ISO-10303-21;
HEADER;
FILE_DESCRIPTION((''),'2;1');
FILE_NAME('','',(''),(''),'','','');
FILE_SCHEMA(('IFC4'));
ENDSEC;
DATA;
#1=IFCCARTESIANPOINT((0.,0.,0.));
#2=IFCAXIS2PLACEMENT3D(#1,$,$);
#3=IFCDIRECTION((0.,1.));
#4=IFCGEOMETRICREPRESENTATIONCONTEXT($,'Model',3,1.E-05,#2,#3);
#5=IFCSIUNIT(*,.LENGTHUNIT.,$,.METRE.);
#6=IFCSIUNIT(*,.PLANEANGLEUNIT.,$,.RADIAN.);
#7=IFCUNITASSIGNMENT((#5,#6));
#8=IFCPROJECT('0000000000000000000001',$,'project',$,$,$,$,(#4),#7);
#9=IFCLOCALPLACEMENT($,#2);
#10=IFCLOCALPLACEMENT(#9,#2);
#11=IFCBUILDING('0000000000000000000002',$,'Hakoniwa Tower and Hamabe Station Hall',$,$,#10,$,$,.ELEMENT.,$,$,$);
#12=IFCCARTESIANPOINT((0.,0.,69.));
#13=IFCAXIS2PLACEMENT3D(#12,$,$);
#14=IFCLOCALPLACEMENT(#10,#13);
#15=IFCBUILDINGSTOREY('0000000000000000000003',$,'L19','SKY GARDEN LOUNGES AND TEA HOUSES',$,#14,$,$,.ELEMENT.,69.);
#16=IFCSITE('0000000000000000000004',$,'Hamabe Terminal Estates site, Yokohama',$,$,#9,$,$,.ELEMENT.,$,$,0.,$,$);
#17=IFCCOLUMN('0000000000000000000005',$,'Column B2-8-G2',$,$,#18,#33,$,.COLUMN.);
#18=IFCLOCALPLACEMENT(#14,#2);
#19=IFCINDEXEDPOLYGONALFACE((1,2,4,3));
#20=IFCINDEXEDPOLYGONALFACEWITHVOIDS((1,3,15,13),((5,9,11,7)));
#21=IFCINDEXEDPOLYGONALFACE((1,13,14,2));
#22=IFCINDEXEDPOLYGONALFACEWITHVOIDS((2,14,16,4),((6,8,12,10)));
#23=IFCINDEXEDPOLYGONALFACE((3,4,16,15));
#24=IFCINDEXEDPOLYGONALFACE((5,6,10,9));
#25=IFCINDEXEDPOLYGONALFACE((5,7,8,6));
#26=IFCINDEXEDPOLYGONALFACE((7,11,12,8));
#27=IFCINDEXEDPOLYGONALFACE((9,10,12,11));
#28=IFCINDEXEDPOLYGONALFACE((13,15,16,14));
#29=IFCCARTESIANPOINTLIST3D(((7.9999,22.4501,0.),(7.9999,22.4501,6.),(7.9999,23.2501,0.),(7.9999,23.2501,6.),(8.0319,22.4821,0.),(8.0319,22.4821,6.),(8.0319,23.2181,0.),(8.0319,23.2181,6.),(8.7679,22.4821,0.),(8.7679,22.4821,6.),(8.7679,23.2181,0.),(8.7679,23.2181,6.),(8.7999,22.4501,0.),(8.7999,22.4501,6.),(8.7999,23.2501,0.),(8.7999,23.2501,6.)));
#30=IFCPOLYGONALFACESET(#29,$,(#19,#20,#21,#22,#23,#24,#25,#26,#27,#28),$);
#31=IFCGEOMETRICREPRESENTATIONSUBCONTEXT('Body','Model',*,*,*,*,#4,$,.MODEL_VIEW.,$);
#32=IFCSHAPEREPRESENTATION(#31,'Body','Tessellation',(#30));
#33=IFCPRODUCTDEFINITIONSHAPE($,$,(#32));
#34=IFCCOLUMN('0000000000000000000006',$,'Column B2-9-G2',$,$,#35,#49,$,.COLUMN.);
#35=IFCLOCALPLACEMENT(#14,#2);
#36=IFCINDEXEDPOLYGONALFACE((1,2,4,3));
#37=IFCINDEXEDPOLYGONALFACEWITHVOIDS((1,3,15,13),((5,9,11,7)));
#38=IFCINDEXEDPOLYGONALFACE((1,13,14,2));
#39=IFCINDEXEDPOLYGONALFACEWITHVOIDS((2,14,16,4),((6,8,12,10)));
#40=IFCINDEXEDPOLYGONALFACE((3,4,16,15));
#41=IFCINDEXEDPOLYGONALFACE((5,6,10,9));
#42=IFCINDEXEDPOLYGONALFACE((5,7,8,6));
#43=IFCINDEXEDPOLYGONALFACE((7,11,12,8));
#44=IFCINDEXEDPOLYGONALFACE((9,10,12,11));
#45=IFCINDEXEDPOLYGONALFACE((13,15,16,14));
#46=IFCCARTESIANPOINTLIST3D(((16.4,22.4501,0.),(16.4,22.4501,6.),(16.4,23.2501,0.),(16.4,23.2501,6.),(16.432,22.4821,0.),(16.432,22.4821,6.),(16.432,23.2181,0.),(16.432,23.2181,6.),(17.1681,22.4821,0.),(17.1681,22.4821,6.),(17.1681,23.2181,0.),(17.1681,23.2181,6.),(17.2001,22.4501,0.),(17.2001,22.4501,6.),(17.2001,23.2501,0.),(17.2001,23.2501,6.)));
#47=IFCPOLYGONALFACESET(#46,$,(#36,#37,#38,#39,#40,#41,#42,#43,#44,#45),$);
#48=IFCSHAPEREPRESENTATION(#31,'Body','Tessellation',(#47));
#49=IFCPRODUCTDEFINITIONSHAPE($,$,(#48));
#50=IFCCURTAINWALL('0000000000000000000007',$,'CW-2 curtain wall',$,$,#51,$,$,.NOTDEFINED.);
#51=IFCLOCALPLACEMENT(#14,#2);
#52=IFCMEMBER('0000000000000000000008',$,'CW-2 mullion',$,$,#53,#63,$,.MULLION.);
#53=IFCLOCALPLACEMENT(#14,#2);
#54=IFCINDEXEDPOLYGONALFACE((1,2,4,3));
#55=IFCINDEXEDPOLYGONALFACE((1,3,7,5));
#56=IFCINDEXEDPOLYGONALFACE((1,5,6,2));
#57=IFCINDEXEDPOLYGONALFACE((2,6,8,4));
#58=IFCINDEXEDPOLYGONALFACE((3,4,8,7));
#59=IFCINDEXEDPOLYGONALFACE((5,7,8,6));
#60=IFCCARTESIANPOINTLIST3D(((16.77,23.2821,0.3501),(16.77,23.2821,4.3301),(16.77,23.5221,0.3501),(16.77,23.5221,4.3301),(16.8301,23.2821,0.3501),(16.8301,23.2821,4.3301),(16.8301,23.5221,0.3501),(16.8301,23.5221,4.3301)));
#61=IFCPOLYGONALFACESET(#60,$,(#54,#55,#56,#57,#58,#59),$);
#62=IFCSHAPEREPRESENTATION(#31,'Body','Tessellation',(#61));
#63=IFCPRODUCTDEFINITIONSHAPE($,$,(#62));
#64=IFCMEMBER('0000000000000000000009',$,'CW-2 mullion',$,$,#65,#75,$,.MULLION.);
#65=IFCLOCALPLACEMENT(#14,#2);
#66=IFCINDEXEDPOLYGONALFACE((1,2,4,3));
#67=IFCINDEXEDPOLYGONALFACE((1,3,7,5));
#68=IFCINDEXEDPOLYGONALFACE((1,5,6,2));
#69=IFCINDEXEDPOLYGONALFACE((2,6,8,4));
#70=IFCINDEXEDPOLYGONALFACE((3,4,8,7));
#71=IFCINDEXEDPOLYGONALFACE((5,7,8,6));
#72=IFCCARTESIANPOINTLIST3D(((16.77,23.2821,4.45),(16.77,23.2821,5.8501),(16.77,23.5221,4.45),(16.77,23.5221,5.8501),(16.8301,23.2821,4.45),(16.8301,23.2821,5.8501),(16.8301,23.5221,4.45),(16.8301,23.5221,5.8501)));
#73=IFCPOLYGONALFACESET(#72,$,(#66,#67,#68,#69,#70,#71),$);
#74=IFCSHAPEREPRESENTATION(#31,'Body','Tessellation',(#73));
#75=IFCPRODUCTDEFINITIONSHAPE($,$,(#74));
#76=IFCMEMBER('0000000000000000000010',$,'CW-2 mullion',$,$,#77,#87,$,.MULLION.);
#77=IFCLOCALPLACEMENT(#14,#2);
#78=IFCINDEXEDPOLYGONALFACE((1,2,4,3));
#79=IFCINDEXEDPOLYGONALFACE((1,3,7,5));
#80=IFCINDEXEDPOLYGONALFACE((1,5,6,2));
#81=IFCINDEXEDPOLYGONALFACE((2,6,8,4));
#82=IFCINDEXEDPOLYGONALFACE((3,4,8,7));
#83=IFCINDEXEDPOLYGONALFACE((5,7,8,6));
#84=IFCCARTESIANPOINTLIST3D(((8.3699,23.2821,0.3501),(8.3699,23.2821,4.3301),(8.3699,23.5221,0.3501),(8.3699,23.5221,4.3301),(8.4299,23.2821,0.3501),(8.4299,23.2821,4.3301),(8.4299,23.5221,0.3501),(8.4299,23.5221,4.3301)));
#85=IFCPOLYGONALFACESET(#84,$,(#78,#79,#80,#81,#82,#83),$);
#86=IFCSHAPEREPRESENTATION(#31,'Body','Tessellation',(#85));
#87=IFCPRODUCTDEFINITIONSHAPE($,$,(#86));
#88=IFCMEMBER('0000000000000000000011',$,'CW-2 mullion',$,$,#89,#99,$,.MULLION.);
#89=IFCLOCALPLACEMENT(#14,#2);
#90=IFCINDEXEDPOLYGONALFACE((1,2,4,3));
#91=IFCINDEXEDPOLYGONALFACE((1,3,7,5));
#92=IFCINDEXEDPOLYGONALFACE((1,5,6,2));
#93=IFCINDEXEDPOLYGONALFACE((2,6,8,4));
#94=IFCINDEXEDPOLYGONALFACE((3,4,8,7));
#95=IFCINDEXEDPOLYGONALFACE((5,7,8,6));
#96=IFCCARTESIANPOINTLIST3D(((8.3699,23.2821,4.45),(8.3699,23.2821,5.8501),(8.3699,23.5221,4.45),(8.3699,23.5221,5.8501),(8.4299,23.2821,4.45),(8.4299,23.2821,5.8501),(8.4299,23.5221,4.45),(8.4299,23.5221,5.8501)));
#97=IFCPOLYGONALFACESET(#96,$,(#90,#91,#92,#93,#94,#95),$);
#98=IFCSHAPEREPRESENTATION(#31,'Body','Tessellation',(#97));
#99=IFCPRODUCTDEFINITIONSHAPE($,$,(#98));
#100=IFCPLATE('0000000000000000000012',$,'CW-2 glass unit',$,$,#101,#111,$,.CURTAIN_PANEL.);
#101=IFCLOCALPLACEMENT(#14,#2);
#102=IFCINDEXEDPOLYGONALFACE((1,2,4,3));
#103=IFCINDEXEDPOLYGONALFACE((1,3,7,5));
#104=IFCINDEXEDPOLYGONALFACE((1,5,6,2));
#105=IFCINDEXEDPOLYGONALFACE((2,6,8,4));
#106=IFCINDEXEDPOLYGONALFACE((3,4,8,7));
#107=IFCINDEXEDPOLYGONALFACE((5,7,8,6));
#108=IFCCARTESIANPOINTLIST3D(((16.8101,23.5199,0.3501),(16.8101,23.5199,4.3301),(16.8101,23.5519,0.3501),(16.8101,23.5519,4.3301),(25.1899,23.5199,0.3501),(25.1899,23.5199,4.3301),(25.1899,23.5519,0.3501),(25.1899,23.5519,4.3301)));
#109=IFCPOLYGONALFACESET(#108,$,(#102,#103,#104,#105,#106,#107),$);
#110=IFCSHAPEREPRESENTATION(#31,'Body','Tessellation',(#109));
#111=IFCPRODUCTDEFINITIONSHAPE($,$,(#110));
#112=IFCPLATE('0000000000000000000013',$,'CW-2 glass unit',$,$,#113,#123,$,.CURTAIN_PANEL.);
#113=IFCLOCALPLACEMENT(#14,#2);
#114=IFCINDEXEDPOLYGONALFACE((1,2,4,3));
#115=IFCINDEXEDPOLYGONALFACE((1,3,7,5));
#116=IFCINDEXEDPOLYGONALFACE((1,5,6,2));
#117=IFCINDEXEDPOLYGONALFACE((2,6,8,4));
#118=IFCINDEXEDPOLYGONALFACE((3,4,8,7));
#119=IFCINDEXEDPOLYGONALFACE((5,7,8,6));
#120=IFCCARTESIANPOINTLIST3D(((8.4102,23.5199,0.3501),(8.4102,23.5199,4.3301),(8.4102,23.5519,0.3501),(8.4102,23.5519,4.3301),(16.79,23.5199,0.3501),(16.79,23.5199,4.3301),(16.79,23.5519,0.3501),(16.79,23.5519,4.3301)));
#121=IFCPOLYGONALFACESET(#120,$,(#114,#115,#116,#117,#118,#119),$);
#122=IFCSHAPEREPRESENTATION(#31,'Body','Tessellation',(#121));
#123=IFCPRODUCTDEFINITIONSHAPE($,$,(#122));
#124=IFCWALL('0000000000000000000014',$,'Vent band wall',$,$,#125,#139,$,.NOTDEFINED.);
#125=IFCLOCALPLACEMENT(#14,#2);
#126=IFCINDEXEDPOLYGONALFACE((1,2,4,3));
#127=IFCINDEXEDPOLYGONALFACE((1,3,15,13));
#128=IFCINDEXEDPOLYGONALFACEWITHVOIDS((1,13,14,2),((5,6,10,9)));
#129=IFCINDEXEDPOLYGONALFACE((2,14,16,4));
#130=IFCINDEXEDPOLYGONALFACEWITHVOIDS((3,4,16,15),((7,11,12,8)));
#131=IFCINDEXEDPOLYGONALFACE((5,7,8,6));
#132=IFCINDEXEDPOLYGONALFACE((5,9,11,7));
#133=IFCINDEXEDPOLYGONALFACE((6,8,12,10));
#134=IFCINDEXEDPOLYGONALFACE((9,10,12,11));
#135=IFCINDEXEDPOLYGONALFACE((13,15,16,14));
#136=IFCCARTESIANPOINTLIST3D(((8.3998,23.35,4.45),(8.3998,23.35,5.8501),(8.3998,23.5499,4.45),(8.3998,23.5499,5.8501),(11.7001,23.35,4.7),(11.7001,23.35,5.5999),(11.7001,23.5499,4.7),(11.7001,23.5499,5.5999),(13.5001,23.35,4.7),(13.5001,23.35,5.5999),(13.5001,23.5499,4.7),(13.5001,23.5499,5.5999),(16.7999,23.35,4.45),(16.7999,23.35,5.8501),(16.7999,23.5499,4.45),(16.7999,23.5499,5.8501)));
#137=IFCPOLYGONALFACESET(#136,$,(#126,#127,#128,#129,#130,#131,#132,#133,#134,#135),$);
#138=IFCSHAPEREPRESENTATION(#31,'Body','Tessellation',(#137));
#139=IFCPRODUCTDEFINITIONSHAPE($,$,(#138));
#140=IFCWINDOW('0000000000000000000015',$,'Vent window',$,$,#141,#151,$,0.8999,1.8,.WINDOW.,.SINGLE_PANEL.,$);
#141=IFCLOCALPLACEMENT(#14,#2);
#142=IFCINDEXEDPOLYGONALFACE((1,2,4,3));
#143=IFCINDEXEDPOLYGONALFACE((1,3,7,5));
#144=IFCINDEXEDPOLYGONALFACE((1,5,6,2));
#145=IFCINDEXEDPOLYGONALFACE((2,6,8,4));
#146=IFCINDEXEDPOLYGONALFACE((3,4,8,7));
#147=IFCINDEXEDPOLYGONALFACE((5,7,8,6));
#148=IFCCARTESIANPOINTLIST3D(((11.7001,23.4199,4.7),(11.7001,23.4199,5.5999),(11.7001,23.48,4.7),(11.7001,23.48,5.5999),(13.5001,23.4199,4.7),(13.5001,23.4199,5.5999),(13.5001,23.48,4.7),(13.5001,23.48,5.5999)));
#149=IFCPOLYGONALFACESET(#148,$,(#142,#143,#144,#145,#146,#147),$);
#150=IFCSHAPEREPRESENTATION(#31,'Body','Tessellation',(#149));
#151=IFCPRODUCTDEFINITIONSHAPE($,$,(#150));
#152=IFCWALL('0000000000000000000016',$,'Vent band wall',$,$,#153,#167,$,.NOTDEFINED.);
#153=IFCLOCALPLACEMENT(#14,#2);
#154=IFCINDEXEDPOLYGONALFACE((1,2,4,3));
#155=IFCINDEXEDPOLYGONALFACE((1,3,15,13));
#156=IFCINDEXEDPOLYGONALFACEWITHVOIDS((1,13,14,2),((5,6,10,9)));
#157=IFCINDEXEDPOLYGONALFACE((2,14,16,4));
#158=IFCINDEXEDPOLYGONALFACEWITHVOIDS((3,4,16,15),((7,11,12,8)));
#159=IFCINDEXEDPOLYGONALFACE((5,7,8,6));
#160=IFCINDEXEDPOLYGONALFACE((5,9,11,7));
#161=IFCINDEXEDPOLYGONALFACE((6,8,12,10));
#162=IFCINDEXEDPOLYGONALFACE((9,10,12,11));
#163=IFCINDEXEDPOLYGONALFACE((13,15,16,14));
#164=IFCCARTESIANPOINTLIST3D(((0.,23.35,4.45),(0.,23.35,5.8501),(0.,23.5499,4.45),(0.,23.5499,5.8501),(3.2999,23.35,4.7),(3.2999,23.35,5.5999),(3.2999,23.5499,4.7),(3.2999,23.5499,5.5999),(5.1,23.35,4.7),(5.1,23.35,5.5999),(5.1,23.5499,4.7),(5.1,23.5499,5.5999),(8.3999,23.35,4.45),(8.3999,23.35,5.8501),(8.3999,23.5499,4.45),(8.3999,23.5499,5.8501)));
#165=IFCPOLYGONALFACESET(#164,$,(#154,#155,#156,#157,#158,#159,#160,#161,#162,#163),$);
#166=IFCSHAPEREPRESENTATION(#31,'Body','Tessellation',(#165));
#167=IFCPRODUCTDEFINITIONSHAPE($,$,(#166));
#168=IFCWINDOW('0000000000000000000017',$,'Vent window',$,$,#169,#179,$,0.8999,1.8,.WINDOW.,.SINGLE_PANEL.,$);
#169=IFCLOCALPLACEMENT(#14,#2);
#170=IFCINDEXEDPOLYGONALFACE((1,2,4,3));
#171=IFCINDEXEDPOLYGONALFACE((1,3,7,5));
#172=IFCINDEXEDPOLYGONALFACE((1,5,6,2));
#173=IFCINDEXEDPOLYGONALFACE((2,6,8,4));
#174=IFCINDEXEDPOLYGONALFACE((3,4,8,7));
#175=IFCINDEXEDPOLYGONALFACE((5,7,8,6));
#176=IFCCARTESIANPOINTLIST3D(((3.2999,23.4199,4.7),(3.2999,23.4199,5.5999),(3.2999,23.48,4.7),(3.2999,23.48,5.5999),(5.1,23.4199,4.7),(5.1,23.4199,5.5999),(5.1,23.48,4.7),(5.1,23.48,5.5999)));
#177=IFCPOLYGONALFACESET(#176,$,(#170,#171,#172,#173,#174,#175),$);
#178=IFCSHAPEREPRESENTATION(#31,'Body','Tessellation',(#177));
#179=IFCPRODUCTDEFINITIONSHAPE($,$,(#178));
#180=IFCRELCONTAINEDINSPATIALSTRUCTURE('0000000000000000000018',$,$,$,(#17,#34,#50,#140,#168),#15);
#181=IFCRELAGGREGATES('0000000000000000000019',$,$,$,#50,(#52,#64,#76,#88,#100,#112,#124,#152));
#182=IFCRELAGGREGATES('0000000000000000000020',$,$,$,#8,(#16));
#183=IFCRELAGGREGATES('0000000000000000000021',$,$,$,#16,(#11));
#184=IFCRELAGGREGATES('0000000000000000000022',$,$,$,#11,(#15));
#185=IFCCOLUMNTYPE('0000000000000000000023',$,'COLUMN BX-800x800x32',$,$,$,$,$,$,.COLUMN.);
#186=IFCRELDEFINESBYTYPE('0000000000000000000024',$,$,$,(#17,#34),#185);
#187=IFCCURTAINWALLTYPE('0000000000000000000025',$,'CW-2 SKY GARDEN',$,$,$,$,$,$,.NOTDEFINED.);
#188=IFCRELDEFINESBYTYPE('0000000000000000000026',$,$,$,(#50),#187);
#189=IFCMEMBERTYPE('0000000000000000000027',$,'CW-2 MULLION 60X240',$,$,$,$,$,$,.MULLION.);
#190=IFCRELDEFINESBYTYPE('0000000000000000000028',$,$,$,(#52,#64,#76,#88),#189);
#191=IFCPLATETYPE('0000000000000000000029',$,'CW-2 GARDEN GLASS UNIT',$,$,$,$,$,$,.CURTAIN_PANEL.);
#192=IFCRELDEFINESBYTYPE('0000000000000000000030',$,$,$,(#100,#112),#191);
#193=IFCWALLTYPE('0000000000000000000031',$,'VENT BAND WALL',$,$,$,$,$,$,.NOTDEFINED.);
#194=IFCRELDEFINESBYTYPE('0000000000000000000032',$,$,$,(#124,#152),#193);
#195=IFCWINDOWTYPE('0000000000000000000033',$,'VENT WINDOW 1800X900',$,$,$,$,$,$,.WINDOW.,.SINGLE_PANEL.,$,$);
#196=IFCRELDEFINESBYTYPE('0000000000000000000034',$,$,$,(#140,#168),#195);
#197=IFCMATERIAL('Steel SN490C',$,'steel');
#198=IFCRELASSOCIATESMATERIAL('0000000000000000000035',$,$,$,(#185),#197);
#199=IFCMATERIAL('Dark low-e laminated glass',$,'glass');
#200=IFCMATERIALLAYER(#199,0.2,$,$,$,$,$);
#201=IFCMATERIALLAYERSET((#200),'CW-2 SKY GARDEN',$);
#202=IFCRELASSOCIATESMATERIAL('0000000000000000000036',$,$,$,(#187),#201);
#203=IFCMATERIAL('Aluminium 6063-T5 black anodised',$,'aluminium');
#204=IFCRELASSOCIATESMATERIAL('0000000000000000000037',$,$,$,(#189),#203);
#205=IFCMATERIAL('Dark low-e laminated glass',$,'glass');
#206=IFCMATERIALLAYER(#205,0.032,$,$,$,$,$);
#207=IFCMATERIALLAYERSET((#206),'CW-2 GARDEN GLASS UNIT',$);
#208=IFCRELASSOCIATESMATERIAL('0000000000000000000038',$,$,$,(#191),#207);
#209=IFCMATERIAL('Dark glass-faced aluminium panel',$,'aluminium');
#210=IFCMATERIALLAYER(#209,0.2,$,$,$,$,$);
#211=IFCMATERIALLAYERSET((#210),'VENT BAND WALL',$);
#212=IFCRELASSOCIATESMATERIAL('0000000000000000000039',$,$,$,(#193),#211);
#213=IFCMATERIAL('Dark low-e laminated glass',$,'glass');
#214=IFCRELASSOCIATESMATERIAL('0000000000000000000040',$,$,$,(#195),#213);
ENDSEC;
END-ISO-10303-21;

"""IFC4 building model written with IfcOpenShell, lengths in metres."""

from ifc_helpers import new_model, si_unit, direction, frame, frame_2d, origin, origin_2d, place, context, subcontext, project, spatial, rectangle, hollow_rectangle, extrude, material, layer, layer_set, material_profile, profile_set, type_object, element, fill, aggregate, save


model = new_model("IFC4")

# Units and contexts
model_context = context("Model", 3, precision=1e-05, world=origin(), true_north=direction((0.0, 1.0)))
body_context = subcontext(model_context, "Body", "Model", "MODEL_VIEW")
ifc_project = project(units=[si_unit("LENGTHUNIT", "METRE"), si_unit("PLANEANGLEUNIT", "RADIAN")], contexts=[model_context])

# Site, building, storey
site_placement = place(None, origin())
site = spatial("IfcSite", under=ifc_project, at=site_placement, Name="Hamabe Terminal Estates site, Yokohama", CompositionType="ELEMENT", RefElevation=0.0)
building_placement = place(site_placement, origin())
building = spatial("IfcBuilding", under=site, at=building_placement, Name="Hakoniwa Tower and Hamabe Station Hall", CompositionType="ELEMENT")
storey_placement = place(building_placement, frame((0.0, 0.0, 69.0)))
storey = spatial("IfcBuildingStorey", under=building, at=storey_placement, Name="L19", Description="SKY GARDEN LOUNGES AND TEA HOUSES", CompositionType="ELEMENT", Elevation=69.0)

# Columns
ifc_material_1 = material(Name="Steel SN490C", Category="steel")
ifc_material_profile_1 = material_profile(ifc_material_1, hollow_rectangle(XDim=0.8, YDim=0.8, WallThickness=0.032, at=origin_2d()), Name="BX-800x800x32")
ifc_profile_set_1 = profile_set([ifc_material_profile_1], Name="Steel SN490C")
column_type = type_object("IfcColumnType", Name="COLUMN BX-800x800x32", PredefinedType="COLUMN", material=ifc_profile_set_1)
for number, where, z_axis, x_axis, name in (
    (1, (8.3999, 22.8501, 0.0), (0.0, 0.0, 1.0), (1.0, 0.0, 0.0), "Column B2-8-G2"),
    (2, (16.8, 22.8501, 0.0), (0.0, 0.0, 1.0), (1.0, 0.0, 0.0), "Column B2-9-G2"),
):
    element("IfcColumn", number, at=place(storey_placement, frame(where, z_axis=z_axis, x_axis=x_axis)), inside=storey, type_object=column_type, Name=name, PredefinedType="COLUMN", context=body_context, shape_type="SweptSolid", body=[
        extrude(hollow_rectangle(XDim=0.8, YDim=0.8, WallThickness=0.032, at=origin_2d()), origin(), (0.0, 0.0, 1.0), 6.0),
    ])

# Curtain wall, members, plates, walls, openings, windows
ifc_material_2 = material(Name="Dark low-e laminated glass", Category="glass")
ifc_layer_1 = layer(ifc_material_2, 0.2)
ifc_layer_set_1 = layer_set([ifc_layer_1], Name="CW-2 SKY GARDEN")
curtain_wall_type = type_object("IfcCurtainWallType", Name="CW-2 SKY GARDEN", PredefinedType="NOTDEFINED", material=ifc_layer_set_1)
curtain_wall_placement = place(storey_placement, origin())
curtain_wall = element("IfcCurtainWall", 3, at=curtain_wall_placement, inside=storey, type_object=curtain_wall_type, Name="CW-2 curtain wall", PredefinedType="NOTDEFINED")
ifc_material_3 = material(Name="Aluminium 6063-T5 black anodised", Category="aluminium")
ifc_material_profile_2 = material_profile(ifc_material_3, rectangle(XDim=0.0601, YDim=0.24, at=origin_2d()), Name="CW-2 MULLION 60X240")
ifc_profile_set_2 = profile_set([ifc_material_profile_2], Name="Aluminium 6063-T5 black anodised")
member_type = type_object("IfcMemberType", Name="CW-2 MULLION 60X240", PredefinedType="MULLION", material=ifc_profile_set_2)
member_1_placement = place(storey_placement, frame((16.8, 23.4021, 0.3501), z_axis=(0.0, 0.0, 1.0), x_axis=(-1.0, 0.0, 0.0)))
member_1 = element("IfcMember", 4, at=member_1_placement, type_object=member_type, Name="CW-2 mullion", PredefinedType="MULLION", context=body_context, shape_type="SweptSolid", body=[
    extrude(rectangle(XDim=0.0601, YDim=0.24, at=origin_2d()), origin(), (0.0, 0.0, 1.0), 3.98),
])
member_2_placement = place(storey_placement, frame((16.8, 23.4021, 4.45), z_axis=(0.0, 0.0, 1.0), x_axis=(-1.0, 0.0, 0.0)))
member_2 = element("IfcMember", 5, at=member_2_placement, type_object=member_type, Name="CW-2 mullion", PredefinedType="MULLION", context=body_context, shape_type="SweptSolid", body=[
    extrude(rectangle(XDim=0.0601, YDim=0.24, at=origin_2d()), origin(), (0.0, 0.0, 1.0), 1.4001),
])
member_3_placement = place(storey_placement, frame((8.3999, 23.4021, 0.3501), z_axis=(0.0, 0.0, 1.0), x_axis=(-1.0, 0.0, 0.0)))
member_3 = element("IfcMember", 6, at=member_3_placement, type_object=member_type, Name="CW-2 mullion", PredefinedType="MULLION", context=body_context, shape_type="SweptSolid", body=[
    extrude(rectangle(XDim=0.0601, YDim=0.24, at=origin_2d()), origin(), (0.0, 0.0, 1.0), 3.98),
])
member_4_placement = place(storey_placement, frame((8.3999, 23.4021, 4.45), z_axis=(0.0, 0.0, 1.0), x_axis=(-1.0, 0.0, 0.0)))
member_4 = element("IfcMember", 7, at=member_4_placement, type_object=member_type, Name="CW-2 mullion", PredefinedType="MULLION", context=body_context, shape_type="SweptSolid", body=[
    extrude(rectangle(XDim=0.0601, YDim=0.24, at=origin_2d()), origin(), (0.0, 0.0, 1.0), 1.4001),
])
ifc_material_4 = material(Name="Dark low-e laminated glass", Category="glass")
ifc_layer_2 = layer(ifc_material_4, 0.032)
ifc_layer_set_2 = layer_set([ifc_layer_2], Name="CW-2 GARDEN GLASS UNIT")
plate_type = type_object("IfcPlateType", Name="CW-2 GARDEN GLASS UNIT", PredefinedType="CURTAIN_PANEL", material=ifc_layer_set_2)
plate_1_placement = place(storey_placement, frame((21.0, 23.5359, 0.3501), z_axis=(0.0, 0.0, 1.0), x_axis=(-1.0, 0.0, 0.0)))
plate_1 = element("IfcPlate", 8, at=plate_1_placement, type_object=plate_type, Name="CW-2 glass unit", PredefinedType="CURTAIN_PANEL", context=body_context, shape_type="SweptSolid", body=[
    extrude(rectangle(XDim=8.3799, YDim=0.032, at=origin_2d()), origin(), (0.0, 0.0, 1.0), 3.98),
])
plate_2_placement = place(storey_placement, frame((12.6001, 23.5359, 0.3501), z_axis=(0.0, 0.0, 1.0), x_axis=(-1.0, 0.0, 0.0)))
plate_2 = element("IfcPlate", 9, at=plate_2_placement, type_object=plate_type, Name="CW-2 glass unit", PredefinedType="CURTAIN_PANEL", context=body_context, shape_type="SweptSolid", body=[
    extrude(rectangle(XDim=8.3799, YDim=0.032, at=origin_2d()), origin(), (0.0, 0.0, 1.0), 3.98),
])
ifc_material_5 = material(Name="Dark glass-faced aluminium panel", Category="aluminium")
ifc_layer_3 = layer(ifc_material_5, 0.2)
ifc_layer_set_3 = layer_set([ifc_layer_3], Name="VENT BAND WALL")
wall_type = type_object("IfcWallType", Name="VENT BAND WALL", PredefinedType="NOTDEFINED", material=ifc_layer_set_3)
wall_1_placement = place(storey_placement, frame((16.8, 23.45, 4.45), z_axis=(0.0, 0.0, 1.0), x_axis=(-1.0, 0.0, 0.0)))
wall_1 = element("IfcWall", 10, at=wall_1_placement, type_object=wall_type, Name="Vent band wall", PredefinedType="NOTDEFINED", context=body_context, shape_type="SweptSolid", body=[
    extrude(rectangle(XDim=8.4001, YDim=0.2, at=frame_2d((4.2002, 0.0))), origin(), (0.0, 0.0, 1.0), 1.4001),
])
opening_1_placement = place(wall_1_placement, frame((3.3, 0.0, 0.25)))
opening_1 = element("IfcOpeningElement", 11, at=opening_1_placement, cuts=wall_1, PredefinedType="OPENING", context=body_context, shape_type="SweptSolid", body=[
    extrude(rectangle(XDim=1.8, YDim=0.8999, at=frame_2d((0.8999, 0.45))), frame((0.0, 0.1099, 0.0), z_axis=(0.0, -1.0, 0.0), x_axis=(1.0, 0.0, 0.0)), (0.0, 0.0, 1.0), 0.22),
])
ifc_material_6 = material(Name="Dark low-e laminated glass", Category="glass")
window_type = type_object("IfcWindowType", Name="VENT WINDOW 1800X900", PartitioningType="SINGLE_PANEL", PredefinedType="WINDOW", material=ifc_material_6)
window_1_placement = place(opening_1_placement, origin())
window_1 = element("IfcWindow", 12, at=window_1_placement, inside=storey, type_object=window_type, Name="Vent window", OverallHeight=0.8999, OverallWidth=1.8, PartitioningType="SINGLE_PANEL", PredefinedType="WINDOW", context=body_context, shape_type="SweptSolid", body=[
    extrude(rectangle(XDim=1.8, YDim=0.8999, at=frame_2d((0.8999, 0.45))), frame((0.0, 0.03, 0.0), z_axis=(0.0, -1.0, 0.0), x_axis=(1.0, 0.0, 0.0)), (0.0, 0.0, 1.0), 0.0601),
])
fill(opening_1, window_1)
wall_2_placement = place(storey_placement, frame((8.3999, 23.45, 4.45), z_axis=(0.0, 0.0, 1.0), x_axis=(-1.0, 0.0, 0.0)))
wall_2 = element("IfcWall", 13, at=wall_2_placement, type_object=wall_type, Name="Vent band wall", PredefinedType="NOTDEFINED", context=body_context, shape_type="SweptSolid", body=[
    extrude(rectangle(XDim=8.3999, YDim=0.2, at=frame_2d((4.2, 0.0))), origin(), (0.0, 0.0, 1.0), 1.4001),
])
opening_2_placement = place(wall_2_placement, frame((3.3, 0.0, 0.25)))
opening_2 = element("IfcOpeningElement", 14, at=opening_2_placement, cuts=wall_2, PredefinedType="OPENING", context=body_context, shape_type="SweptSolid", body=[
    extrude(rectangle(XDim=1.8, YDim=0.8999, at=frame_2d((0.8999, 0.45))), frame((0.0, 0.1099, 0.0), z_axis=(0.0, -1.0, 0.0), x_axis=(1.0, 0.0, 0.0)), (0.0, 0.0, 1.0), 0.22),
])
window_2_placement = place(opening_2_placement, origin())
window_2 = element("IfcWindow", 15, at=window_2_placement, inside=storey, type_object=window_type, Name="Vent window", OverallHeight=0.8999, OverallWidth=1.8, PartitioningType="SINGLE_PANEL", PredefinedType="WINDOW", context=body_context, shape_type="SweptSolid", body=[
    extrude(rectangle(XDim=1.8, YDim=0.8999, at=frame_2d((0.8999, 0.45))), frame((0.0, 0.03, 0.0), z_axis=(0.0, -1.0, 0.0), x_axis=(1.0, 0.0, 0.0)), (0.0, 0.0, 1.0), 0.0601),
])
fill(opening_2, window_2)
aggregate(curtain_wall, [member_1, member_2, member_3, member_4, plate_1, plate_2, wall_1, wall_2])

save(model, "model.ifc")
